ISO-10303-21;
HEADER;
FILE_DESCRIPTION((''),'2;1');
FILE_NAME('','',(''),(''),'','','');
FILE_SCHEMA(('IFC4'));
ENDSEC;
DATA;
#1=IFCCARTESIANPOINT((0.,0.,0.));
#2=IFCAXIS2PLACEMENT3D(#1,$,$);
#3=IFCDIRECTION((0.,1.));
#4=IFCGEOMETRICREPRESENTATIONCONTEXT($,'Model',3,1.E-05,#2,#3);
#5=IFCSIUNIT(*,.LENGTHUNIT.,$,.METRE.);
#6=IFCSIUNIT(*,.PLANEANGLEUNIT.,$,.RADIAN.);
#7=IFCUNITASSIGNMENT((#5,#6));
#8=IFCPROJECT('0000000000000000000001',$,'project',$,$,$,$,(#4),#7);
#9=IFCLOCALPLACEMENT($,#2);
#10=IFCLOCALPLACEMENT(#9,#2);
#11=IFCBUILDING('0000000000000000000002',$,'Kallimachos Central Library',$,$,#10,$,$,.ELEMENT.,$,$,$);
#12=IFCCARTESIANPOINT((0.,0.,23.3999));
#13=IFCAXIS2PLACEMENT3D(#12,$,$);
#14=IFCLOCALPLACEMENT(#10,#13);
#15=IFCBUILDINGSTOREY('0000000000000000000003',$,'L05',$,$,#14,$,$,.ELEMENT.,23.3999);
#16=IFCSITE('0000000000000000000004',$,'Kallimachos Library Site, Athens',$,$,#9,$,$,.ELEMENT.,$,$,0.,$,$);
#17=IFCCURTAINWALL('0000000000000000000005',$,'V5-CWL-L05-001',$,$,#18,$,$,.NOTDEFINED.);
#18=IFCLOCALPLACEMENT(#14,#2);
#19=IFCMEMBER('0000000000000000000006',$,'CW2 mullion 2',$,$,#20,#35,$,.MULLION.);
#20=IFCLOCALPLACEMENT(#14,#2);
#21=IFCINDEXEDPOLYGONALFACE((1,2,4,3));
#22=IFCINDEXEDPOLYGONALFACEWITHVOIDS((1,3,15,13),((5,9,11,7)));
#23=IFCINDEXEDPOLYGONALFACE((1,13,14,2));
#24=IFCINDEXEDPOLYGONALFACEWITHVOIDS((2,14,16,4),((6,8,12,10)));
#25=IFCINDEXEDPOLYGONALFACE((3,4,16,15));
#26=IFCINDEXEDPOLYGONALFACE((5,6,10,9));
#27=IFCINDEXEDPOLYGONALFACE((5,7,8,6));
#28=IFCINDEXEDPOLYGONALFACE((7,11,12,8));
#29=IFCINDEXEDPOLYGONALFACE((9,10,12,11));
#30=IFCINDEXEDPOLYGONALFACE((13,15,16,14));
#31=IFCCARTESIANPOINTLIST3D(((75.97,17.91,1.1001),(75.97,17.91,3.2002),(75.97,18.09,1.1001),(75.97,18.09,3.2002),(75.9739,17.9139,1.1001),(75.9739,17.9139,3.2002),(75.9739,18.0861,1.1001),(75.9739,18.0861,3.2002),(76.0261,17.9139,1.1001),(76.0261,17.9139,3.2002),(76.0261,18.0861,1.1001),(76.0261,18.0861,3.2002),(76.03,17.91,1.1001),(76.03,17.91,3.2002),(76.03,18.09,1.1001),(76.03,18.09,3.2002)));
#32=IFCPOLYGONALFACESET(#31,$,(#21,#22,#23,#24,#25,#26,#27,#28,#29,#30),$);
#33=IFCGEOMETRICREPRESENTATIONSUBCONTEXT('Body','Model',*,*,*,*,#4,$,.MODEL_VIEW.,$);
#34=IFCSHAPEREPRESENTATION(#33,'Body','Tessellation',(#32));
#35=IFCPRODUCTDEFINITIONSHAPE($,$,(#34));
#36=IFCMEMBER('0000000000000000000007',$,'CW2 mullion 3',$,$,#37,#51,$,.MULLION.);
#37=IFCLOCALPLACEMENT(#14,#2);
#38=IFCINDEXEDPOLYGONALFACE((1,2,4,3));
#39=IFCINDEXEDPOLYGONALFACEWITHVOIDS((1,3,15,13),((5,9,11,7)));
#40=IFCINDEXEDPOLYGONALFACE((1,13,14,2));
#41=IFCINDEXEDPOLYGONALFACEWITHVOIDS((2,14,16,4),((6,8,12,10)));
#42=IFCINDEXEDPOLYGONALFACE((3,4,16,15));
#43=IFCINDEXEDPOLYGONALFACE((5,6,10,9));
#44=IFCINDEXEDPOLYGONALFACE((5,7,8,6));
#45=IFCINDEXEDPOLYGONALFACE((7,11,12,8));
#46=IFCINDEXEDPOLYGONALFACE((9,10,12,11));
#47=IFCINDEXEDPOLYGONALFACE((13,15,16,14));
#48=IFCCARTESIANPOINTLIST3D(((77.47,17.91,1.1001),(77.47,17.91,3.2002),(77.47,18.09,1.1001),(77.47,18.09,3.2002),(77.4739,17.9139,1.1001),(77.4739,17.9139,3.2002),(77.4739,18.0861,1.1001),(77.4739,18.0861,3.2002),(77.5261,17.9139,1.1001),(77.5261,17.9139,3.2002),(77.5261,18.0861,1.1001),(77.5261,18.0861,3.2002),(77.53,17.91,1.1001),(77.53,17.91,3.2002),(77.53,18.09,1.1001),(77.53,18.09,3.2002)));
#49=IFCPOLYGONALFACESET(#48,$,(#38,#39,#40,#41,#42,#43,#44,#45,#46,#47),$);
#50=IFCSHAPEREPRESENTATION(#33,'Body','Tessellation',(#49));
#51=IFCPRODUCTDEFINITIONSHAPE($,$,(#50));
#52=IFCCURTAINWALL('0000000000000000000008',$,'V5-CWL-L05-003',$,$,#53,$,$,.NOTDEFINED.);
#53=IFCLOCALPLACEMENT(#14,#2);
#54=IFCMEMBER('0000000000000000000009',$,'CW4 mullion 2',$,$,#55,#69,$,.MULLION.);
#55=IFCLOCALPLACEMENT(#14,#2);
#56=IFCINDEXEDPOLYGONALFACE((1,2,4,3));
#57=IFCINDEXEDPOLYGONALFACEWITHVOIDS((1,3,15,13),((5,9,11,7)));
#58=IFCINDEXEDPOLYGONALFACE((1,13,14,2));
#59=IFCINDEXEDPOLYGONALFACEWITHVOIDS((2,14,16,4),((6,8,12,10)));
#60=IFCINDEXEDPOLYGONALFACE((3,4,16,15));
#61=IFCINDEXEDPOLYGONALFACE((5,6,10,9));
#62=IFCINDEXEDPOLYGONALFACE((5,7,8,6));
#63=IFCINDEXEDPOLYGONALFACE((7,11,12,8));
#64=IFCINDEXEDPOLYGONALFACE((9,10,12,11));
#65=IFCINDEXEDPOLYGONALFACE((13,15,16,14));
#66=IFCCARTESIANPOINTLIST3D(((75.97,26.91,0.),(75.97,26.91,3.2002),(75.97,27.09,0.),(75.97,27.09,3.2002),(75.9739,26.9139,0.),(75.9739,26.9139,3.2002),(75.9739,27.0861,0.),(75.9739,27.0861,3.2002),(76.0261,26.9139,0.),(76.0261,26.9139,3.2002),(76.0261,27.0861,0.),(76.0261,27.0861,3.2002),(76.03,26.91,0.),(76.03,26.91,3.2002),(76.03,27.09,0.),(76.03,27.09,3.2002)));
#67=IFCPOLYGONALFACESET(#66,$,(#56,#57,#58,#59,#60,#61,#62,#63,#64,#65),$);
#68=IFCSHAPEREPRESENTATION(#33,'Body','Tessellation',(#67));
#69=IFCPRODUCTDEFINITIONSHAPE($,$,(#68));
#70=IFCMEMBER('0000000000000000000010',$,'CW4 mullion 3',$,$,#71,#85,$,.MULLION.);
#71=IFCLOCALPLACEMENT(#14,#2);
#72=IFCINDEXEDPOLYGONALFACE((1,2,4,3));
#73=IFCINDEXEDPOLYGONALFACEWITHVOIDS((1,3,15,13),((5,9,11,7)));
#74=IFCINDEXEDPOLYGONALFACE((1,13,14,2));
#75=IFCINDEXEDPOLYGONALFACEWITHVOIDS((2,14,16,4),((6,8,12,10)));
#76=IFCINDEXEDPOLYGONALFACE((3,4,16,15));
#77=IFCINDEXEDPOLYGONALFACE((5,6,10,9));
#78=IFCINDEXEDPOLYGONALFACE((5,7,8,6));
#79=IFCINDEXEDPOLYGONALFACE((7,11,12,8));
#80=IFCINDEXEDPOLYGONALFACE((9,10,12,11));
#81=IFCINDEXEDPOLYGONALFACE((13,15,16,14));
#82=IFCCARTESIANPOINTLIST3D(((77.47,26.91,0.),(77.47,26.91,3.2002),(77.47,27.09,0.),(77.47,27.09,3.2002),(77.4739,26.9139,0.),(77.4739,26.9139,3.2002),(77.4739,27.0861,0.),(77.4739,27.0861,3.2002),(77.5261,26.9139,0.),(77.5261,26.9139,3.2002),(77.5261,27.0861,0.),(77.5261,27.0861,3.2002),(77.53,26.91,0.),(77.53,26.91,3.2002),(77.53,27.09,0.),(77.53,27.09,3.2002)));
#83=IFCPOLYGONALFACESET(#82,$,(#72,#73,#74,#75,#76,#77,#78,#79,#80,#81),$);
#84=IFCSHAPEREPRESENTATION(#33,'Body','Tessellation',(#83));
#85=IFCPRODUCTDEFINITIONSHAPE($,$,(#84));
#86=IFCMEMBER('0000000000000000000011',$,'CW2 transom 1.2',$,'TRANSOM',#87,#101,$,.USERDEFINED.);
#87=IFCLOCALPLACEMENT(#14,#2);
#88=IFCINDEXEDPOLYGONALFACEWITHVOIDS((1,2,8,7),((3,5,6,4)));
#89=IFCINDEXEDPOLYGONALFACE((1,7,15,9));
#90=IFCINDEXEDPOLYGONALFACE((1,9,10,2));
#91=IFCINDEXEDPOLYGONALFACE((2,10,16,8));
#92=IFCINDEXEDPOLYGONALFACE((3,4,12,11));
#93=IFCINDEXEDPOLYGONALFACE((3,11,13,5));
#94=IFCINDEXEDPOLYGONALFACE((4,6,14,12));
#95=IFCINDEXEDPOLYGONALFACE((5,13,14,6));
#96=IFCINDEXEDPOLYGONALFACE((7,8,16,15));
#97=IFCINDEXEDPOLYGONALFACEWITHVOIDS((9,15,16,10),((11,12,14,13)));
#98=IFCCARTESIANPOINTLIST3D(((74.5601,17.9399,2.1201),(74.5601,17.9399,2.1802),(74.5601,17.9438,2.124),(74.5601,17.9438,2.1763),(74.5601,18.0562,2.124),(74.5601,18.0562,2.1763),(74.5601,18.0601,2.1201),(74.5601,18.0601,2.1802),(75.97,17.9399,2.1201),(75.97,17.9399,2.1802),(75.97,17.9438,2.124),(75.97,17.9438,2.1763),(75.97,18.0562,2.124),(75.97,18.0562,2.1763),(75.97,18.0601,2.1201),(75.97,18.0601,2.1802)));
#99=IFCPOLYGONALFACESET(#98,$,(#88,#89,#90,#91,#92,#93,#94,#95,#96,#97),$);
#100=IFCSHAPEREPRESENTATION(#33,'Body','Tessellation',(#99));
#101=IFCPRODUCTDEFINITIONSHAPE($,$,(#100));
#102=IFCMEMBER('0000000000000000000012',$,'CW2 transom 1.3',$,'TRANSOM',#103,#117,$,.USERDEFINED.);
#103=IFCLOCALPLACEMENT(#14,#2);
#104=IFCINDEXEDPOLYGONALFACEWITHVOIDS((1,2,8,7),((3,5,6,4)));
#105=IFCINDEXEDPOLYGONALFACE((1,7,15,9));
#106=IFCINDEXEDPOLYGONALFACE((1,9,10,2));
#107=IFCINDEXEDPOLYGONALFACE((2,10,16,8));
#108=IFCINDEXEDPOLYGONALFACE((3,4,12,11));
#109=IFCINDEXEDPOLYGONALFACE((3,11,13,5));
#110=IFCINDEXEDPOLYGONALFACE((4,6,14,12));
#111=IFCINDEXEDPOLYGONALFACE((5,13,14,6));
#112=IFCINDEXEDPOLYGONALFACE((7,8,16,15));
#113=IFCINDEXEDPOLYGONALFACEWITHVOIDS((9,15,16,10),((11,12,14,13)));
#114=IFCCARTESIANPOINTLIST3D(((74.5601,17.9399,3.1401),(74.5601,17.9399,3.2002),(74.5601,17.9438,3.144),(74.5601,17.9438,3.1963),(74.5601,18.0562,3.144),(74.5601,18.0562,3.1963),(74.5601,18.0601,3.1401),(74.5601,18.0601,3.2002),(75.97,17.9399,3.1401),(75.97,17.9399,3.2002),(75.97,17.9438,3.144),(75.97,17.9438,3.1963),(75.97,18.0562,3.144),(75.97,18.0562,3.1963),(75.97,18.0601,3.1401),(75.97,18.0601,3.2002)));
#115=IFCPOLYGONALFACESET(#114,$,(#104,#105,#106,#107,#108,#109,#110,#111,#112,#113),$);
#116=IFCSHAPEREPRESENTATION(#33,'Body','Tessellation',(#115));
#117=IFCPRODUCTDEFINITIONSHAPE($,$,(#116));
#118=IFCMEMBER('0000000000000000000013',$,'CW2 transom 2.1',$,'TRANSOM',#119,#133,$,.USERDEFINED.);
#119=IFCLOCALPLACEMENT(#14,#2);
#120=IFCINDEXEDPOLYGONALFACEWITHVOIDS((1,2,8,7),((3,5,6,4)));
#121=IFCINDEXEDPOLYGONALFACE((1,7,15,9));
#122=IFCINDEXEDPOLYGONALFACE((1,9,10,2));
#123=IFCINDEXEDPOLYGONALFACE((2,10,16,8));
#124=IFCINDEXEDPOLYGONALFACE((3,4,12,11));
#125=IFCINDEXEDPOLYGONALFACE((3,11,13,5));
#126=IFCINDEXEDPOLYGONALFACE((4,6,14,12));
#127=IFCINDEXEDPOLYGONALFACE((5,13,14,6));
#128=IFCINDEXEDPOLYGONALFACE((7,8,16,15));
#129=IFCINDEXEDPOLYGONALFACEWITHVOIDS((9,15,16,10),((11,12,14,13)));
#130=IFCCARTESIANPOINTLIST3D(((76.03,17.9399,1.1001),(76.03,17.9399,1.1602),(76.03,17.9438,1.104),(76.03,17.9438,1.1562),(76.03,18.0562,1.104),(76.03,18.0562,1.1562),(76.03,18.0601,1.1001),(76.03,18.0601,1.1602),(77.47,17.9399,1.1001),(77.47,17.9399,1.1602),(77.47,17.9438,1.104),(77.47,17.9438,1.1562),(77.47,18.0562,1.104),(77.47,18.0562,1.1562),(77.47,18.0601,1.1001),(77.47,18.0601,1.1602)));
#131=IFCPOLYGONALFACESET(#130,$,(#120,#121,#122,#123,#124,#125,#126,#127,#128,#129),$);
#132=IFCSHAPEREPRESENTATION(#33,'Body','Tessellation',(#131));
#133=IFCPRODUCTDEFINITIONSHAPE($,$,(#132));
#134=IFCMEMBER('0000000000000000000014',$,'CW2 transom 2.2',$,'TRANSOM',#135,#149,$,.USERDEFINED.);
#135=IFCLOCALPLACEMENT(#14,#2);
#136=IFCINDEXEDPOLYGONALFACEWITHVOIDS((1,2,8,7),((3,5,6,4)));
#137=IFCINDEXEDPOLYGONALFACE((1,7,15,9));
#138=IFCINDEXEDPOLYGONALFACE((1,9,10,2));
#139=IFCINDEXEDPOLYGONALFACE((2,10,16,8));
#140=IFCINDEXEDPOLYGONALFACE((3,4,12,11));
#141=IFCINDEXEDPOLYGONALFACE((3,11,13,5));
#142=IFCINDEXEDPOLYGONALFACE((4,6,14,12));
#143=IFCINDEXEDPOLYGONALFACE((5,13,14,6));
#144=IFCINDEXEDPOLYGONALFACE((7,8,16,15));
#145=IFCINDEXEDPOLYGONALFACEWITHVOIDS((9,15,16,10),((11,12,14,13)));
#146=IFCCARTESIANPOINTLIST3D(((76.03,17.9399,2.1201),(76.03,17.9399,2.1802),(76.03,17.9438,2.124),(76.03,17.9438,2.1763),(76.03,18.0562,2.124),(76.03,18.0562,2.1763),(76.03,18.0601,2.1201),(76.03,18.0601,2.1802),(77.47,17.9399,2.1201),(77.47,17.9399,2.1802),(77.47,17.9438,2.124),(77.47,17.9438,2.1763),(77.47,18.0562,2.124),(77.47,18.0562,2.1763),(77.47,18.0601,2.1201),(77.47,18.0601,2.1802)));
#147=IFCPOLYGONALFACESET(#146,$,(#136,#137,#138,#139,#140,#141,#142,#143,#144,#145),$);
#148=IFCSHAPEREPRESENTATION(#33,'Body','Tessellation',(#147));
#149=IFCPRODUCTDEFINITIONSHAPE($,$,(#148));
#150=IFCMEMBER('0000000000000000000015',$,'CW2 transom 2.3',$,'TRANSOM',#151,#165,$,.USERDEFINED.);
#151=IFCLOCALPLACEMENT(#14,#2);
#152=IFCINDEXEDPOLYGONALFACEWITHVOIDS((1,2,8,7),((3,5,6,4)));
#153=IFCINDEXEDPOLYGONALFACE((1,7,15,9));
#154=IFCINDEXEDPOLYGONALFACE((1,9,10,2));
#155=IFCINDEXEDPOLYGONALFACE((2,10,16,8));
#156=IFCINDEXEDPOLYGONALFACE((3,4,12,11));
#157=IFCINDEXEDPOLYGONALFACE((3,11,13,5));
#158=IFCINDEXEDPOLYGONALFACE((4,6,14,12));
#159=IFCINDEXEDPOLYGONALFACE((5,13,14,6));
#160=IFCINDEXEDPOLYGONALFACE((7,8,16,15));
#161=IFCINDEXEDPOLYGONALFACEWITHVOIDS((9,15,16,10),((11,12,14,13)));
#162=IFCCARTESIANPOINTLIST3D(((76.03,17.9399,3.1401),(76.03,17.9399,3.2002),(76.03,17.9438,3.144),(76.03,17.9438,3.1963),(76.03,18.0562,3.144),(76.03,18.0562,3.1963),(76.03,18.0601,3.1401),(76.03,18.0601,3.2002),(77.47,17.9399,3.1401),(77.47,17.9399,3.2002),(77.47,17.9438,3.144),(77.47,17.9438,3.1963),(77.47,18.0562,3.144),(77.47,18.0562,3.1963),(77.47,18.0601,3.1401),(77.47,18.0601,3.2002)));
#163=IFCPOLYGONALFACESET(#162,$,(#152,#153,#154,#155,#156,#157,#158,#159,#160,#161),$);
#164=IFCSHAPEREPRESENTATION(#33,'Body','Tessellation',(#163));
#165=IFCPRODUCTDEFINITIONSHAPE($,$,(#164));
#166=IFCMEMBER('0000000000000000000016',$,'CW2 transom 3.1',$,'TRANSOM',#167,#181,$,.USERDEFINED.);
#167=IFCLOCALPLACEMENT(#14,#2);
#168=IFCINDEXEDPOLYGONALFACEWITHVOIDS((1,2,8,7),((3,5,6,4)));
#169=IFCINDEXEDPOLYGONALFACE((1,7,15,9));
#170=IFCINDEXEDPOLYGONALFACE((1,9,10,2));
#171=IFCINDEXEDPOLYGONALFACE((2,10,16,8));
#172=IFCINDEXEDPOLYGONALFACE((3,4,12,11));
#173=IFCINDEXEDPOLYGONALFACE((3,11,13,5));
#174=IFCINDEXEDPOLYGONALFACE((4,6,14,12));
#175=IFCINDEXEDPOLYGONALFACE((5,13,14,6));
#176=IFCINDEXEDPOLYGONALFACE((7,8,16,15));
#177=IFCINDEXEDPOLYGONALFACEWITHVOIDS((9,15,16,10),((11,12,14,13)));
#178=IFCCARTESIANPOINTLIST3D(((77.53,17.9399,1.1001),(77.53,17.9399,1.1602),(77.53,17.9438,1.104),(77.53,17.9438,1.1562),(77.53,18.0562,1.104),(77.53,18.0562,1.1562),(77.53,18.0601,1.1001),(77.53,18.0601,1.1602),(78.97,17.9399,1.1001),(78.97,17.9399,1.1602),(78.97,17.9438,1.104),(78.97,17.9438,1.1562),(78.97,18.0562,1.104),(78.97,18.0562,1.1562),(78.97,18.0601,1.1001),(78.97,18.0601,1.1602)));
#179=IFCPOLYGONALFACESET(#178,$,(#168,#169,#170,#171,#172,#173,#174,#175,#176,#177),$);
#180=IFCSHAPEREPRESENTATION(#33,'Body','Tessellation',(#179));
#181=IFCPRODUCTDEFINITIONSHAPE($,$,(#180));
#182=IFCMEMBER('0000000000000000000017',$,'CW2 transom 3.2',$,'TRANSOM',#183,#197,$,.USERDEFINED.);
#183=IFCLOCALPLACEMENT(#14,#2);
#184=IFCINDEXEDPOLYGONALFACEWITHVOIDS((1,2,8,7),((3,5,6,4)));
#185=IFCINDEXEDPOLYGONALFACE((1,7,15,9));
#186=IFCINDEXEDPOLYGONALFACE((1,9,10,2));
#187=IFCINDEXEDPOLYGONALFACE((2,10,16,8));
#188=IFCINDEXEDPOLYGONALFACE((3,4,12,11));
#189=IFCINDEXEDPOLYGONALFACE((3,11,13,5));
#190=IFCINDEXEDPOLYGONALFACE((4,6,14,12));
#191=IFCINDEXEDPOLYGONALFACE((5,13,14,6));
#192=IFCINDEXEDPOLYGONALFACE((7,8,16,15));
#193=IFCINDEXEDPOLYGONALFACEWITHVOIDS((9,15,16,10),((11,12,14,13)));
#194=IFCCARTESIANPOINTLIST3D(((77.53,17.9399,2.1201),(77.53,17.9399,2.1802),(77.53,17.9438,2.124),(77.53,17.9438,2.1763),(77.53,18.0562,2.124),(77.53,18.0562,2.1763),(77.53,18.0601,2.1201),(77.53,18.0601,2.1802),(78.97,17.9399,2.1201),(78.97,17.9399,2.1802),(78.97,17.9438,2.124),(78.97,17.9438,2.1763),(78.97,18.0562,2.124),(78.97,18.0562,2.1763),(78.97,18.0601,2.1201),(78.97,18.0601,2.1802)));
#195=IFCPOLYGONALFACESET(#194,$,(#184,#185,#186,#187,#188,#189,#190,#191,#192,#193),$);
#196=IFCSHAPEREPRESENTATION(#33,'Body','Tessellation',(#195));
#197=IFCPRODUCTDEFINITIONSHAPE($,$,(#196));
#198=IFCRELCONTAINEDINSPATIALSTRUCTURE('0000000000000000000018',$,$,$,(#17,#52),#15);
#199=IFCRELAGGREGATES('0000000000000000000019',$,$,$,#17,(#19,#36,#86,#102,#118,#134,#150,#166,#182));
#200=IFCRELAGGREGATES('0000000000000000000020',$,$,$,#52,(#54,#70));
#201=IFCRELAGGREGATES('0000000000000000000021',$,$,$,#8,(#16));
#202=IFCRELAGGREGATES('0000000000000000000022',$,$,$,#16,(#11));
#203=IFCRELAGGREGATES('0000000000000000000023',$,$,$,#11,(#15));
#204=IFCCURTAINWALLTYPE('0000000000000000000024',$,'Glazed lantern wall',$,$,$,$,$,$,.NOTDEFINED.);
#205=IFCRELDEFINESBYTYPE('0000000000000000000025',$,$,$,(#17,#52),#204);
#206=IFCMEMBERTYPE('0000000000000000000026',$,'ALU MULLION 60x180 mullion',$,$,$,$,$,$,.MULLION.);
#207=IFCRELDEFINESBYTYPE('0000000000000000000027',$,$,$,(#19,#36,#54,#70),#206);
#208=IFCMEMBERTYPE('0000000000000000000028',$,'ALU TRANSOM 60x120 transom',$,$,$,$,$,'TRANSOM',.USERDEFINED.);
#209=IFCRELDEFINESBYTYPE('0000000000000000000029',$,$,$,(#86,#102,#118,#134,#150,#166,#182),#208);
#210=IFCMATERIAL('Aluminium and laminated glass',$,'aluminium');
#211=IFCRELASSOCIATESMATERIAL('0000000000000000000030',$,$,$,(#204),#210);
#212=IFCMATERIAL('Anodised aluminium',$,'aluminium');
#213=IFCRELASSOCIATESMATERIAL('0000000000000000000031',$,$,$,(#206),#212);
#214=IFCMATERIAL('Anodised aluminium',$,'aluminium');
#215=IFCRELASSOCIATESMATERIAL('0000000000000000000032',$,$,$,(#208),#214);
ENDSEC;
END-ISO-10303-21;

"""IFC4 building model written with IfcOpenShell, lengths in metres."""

from ifc_helpers import new_model, si_unit, direction, frame, origin, origin_2d, place, context, subcontext, project, spatial, hollow_rectangle, extrude, material, material_profile, profile_set, type_object, element, aggregate, save


model = new_model("IFC4")

# Units and contexts
model_context = context("Model", 3, precision=1e-05, world=origin(), true_north=direction((0.0, 1.0)))
body_context = subcontext(model_context, "Body", "Model", "MODEL_VIEW")
ifc_project = project(units=[si_unit("LENGTHUNIT", "METRE"), si_unit("PLANEANGLEUNIT", "RADIAN")], contexts=[model_context])

# Site, building, storey
site_placement = place(None, origin())
site = spatial("IfcSite", under=ifc_project, at=site_placement, Name="Kallimachos Library Site, Athens", CompositionType="ELEMENT", RefElevation=0.0)
building_placement = place(site_placement, origin())
building = spatial("IfcBuilding", under=site, at=building_placement, Name="Kallimachos Central Library", CompositionType="ELEMENT")
storey_placement = place(building_placement, frame((0.0, 0.0, 23.3999)))
storey = spatial("IfcBuildingStorey", under=building, at=storey_placement, Name="L05", CompositionType="ELEMENT", Elevation=23.3999)

# Curtain walls, members
ifc_material_1 = material(Name="Aluminium and laminated glass", Category="aluminium")
curtain_wall_type = type_object("IfcCurtainWallType", Name="Glazed lantern wall", PredefinedType="NOTDEFINED", material=ifc_material_1)
curtain_wall_1_placement = place(storey_placement, origin())
curtain_wall_1 = element("IfcCurtainWall", 1, at=curtain_wall_1_placement, inside=storey, type_object=curtain_wall_type, Name="V5-CWL-L05-001", PredefinedType="NOTDEFINED")
ifc_material_2 = material(Name="Anodised aluminium", Category="aluminium")
ifc_material_profile_1 = material_profile(ifc_material_2, hollow_rectangle(XDim=0.0601, YDim=0.1799, WallThickness=0.0039, at=origin_2d()), Name="ALU MULLION 60x180")
ifc_profile_set_1 = profile_set([ifc_material_profile_1], Name="Anodised aluminium")
member_type_1 = type_object("IfcMemberType", Name="ALU MULLION 60x180 mullion", PredefinedType="MULLION", material=ifc_profile_set_1)
member_1_placement = place(storey_placement, frame((76.0, 18.0, 1.1001), z_axis=(0.0, 0.0, 1.0), x_axis=(1.0, 0.0, 0.0)))
member_1 = element("IfcMember", 2, at=member_1_placement, type_object=member_type_1, Name="CW2 mullion 2", PredefinedType="MULLION", context=body_context, shape_type="SweptSolid", body=[
    extrude(hollow_rectangle(XDim=0.0601, YDim=0.1799, WallThickness=0.0039, at=origin_2d()), origin(), (0.0, 0.0, 1.0), 2.1001),
])
member_2_placement = place(storey_placement, frame((77.5, 18.0, 1.1001), z_axis=(0.0, 0.0, 1.0), x_axis=(1.0, 0.0, 0.0)))
member_2 = element("IfcMember", 3, at=member_2_placement, type_object=member_type_1, Name="CW2 mullion 3", PredefinedType="MULLION", context=body_context, shape_type="SweptSolid", body=[
    extrude(hollow_rectangle(XDim=0.0601, YDim=0.1799, WallThickness=0.0039, at=origin_2d()), origin(), (0.0, 0.0, 1.0), 2.1001),
])
curtain_wall_2_placement = place(storey_placement, origin())
curtain_wall_2 = element("IfcCurtainWall", 4, at=curtain_wall_2_placement, inside=storey, type_object=curtain_wall_type, Name="V5-CWL-L05-003", PredefinedType="NOTDEFINED")
member_3_placement = place(storey_placement, frame((76.0, 27.0, 0.0), z_axis=(0.0, 0.0, 1.0), x_axis=(1.0, 0.0, 0.0)))
member_3 = element("IfcMember", 5, at=member_3_placement, type_object=member_type_1, Name="CW4 mullion 2", PredefinedType="MULLION", context=body_context, shape_type="SweptSolid", body=[
    extrude(hollow_rectangle(XDim=0.0601, YDim=0.1799, WallThickness=0.0039, at=origin_2d()), origin(), (0.0, 0.0, 1.0), 3.2002),
])
member_4_placement = place(storey_placement, frame((77.5, 27.0, 0.0), z_axis=(0.0, 0.0, 1.0), x_axis=(1.0, 0.0, 0.0)))
member_4 = element("IfcMember", 6, at=member_4_placement, type_object=member_type_1, Name="CW4 mullion 3", PredefinedType="MULLION", context=body_context, shape_type="SweptSolid", body=[
    extrude(hollow_rectangle(XDim=0.0601, YDim=0.1799, WallThickness=0.0039, at=origin_2d()), origin(), (0.0, 0.0, 1.0), 3.2002),
])

# Members
ifc_material_3 = material(Name="Anodised aluminium", Category="aluminium")
ifc_material_profile_2 = material_profile(ifc_material_3, hollow_rectangle(XDim=0.0601, YDim=0.1201, WallThickness=0.0039, at=origin_2d()), Name="ALU TRANSOM 60x120")
ifc_profile_set_2 = profile_set([ifc_material_profile_2], Name="Anodised aluminium")
member_type_2 = type_object("IfcMemberType", Name="ALU TRANSOM 60x120 transom", ElementType="TRANSOM", PredefinedType="USERDEFINED", material=ifc_profile_set_2)
member_5_placement = place(storey_placement, frame((74.5601, 18.0, 2.1501), z_axis=(1.0, 0.0, 0.0), x_axis=(0.0, 0.0, 1.0)))
member_5 = element("IfcMember", 7, at=member_5_placement, type_object=member_type_2, Name="CW2 transom 1.2", ObjectType="TRANSOM", PredefinedType="USERDEFINED", context=body_context, shape_type="SweptSolid", body=[
    extrude(hollow_rectangle(XDim=0.0601, YDim=0.1201, WallThickness=0.0039, at=origin_2d()), origin(), (0.0, 0.0, 1.0), 1.4099),
])
member_6_placement = place(storey_placement, frame((74.5601, 18.0, 3.1702), z_axis=(1.0, 0.0, 0.0), x_axis=(0.0, 0.0, 1.0)))
member_6 = element("IfcMember", 8, at=member_6_placement, type_object=member_type_2, Name="CW2 transom 1.3", ObjectType="TRANSOM", PredefinedType="USERDEFINED", context=body_context, shape_type="SweptSolid", body=[
    extrude(hollow_rectangle(XDim=0.0601, YDim=0.1201, WallThickness=0.0039, at=origin_2d()), origin(), (0.0, 0.0, 1.0), 1.4099),
])
member_7_placement = place(storey_placement, frame((76.03, 18.0, 1.1301), z_axis=(1.0, 0.0, 0.0), x_axis=(0.0, 0.0, 1.0)))
member_7 = element("IfcMember", 9, at=member_7_placement, type_object=member_type_2, Name="CW2 transom 2.1", ObjectType="TRANSOM", PredefinedType="USERDEFINED", context=body_context, shape_type="SweptSolid", body=[
    extrude(hollow_rectangle(XDim=0.0601, YDim=0.1201, WallThickness=0.0039, at=origin_2d()), origin(), (0.0, 0.0, 1.0), 1.4399),
])
member_8_placement = place(storey_placement, frame((76.03, 18.0, 2.1501), z_axis=(1.0, 0.0, 0.0), x_axis=(0.0, 0.0, 1.0)))
member_8 = element("IfcMember", 10, at=member_8_placement, type_object=member_type_2, Name="CW2 transom 2.2", ObjectType="TRANSOM", PredefinedType="USERDEFINED", context=body_context, shape_type="SweptSolid", body=[
    extrude(hollow_rectangle(XDim=0.0601, YDim=0.1201, WallThickness=0.0039, at=origin_2d()), origin(), (0.0, 0.0, 1.0), 1.4399),
])
member_9_placement = place(storey_placement, frame((76.03, 18.0, 3.1702), z_axis=(1.0, 0.0, 0.0), x_axis=(0.0, 0.0, 1.0)))
member_9 = element("IfcMember", 11, at=member_9_placement, type_object=member_type_2, Name="CW2 transom 2.3", ObjectType="TRANSOM", PredefinedType="USERDEFINED", context=body_context, shape_type="SweptSolid", body=[
    extrude(hollow_rectangle(XDim=0.0601, YDim=0.1201, WallThickness=0.0039, at=origin_2d()), origin(), (0.0, 0.0, 1.0), 1.4399),
])
member_10_placement = place(storey_placement, frame((77.53, 18.0, 1.1301), z_axis=(1.0, 0.0, 0.0), x_axis=(0.0, 0.0, 1.0)))
member_10 = element("IfcMember", 12, at=member_10_placement, type_object=member_type_2, Name="CW2 transom 3.1", ObjectType="TRANSOM", PredefinedType="USERDEFINED", context=body_context, shape_type="SweptSolid", body=[
    extrude(hollow_rectangle(XDim=0.0601, YDim=0.1201, WallThickness=0.0039, at=origin_2d()), origin(), (0.0, 0.0, 1.0), 1.4399),
])
member_11_placement = place(storey_placement, frame((77.53, 18.0, 2.1501), z_axis=(1.0, 0.0, 0.0), x_axis=(0.0, 0.0, 1.0)))
member_11 = element("IfcMember", 13, at=member_11_placement, type_object=member_type_2, Name="CW2 transom 3.2", ObjectType="TRANSOM", PredefinedType="USERDEFINED", context=body_context, shape_type="SweptSolid", body=[
    extrude(hollow_rectangle(XDim=0.0601, YDim=0.1201, WallThickness=0.0039, at=origin_2d()), origin(), (0.0, 0.0, 1.0), 1.4399),
])

aggregate(curtain_wall_1, [member_1, member_2, member_5, member_6, member_7, member_8, member_9, member_10, member_11])
aggregate(curtain_wall_2, [member_3, member_4])

save(model, "model.ifc")
